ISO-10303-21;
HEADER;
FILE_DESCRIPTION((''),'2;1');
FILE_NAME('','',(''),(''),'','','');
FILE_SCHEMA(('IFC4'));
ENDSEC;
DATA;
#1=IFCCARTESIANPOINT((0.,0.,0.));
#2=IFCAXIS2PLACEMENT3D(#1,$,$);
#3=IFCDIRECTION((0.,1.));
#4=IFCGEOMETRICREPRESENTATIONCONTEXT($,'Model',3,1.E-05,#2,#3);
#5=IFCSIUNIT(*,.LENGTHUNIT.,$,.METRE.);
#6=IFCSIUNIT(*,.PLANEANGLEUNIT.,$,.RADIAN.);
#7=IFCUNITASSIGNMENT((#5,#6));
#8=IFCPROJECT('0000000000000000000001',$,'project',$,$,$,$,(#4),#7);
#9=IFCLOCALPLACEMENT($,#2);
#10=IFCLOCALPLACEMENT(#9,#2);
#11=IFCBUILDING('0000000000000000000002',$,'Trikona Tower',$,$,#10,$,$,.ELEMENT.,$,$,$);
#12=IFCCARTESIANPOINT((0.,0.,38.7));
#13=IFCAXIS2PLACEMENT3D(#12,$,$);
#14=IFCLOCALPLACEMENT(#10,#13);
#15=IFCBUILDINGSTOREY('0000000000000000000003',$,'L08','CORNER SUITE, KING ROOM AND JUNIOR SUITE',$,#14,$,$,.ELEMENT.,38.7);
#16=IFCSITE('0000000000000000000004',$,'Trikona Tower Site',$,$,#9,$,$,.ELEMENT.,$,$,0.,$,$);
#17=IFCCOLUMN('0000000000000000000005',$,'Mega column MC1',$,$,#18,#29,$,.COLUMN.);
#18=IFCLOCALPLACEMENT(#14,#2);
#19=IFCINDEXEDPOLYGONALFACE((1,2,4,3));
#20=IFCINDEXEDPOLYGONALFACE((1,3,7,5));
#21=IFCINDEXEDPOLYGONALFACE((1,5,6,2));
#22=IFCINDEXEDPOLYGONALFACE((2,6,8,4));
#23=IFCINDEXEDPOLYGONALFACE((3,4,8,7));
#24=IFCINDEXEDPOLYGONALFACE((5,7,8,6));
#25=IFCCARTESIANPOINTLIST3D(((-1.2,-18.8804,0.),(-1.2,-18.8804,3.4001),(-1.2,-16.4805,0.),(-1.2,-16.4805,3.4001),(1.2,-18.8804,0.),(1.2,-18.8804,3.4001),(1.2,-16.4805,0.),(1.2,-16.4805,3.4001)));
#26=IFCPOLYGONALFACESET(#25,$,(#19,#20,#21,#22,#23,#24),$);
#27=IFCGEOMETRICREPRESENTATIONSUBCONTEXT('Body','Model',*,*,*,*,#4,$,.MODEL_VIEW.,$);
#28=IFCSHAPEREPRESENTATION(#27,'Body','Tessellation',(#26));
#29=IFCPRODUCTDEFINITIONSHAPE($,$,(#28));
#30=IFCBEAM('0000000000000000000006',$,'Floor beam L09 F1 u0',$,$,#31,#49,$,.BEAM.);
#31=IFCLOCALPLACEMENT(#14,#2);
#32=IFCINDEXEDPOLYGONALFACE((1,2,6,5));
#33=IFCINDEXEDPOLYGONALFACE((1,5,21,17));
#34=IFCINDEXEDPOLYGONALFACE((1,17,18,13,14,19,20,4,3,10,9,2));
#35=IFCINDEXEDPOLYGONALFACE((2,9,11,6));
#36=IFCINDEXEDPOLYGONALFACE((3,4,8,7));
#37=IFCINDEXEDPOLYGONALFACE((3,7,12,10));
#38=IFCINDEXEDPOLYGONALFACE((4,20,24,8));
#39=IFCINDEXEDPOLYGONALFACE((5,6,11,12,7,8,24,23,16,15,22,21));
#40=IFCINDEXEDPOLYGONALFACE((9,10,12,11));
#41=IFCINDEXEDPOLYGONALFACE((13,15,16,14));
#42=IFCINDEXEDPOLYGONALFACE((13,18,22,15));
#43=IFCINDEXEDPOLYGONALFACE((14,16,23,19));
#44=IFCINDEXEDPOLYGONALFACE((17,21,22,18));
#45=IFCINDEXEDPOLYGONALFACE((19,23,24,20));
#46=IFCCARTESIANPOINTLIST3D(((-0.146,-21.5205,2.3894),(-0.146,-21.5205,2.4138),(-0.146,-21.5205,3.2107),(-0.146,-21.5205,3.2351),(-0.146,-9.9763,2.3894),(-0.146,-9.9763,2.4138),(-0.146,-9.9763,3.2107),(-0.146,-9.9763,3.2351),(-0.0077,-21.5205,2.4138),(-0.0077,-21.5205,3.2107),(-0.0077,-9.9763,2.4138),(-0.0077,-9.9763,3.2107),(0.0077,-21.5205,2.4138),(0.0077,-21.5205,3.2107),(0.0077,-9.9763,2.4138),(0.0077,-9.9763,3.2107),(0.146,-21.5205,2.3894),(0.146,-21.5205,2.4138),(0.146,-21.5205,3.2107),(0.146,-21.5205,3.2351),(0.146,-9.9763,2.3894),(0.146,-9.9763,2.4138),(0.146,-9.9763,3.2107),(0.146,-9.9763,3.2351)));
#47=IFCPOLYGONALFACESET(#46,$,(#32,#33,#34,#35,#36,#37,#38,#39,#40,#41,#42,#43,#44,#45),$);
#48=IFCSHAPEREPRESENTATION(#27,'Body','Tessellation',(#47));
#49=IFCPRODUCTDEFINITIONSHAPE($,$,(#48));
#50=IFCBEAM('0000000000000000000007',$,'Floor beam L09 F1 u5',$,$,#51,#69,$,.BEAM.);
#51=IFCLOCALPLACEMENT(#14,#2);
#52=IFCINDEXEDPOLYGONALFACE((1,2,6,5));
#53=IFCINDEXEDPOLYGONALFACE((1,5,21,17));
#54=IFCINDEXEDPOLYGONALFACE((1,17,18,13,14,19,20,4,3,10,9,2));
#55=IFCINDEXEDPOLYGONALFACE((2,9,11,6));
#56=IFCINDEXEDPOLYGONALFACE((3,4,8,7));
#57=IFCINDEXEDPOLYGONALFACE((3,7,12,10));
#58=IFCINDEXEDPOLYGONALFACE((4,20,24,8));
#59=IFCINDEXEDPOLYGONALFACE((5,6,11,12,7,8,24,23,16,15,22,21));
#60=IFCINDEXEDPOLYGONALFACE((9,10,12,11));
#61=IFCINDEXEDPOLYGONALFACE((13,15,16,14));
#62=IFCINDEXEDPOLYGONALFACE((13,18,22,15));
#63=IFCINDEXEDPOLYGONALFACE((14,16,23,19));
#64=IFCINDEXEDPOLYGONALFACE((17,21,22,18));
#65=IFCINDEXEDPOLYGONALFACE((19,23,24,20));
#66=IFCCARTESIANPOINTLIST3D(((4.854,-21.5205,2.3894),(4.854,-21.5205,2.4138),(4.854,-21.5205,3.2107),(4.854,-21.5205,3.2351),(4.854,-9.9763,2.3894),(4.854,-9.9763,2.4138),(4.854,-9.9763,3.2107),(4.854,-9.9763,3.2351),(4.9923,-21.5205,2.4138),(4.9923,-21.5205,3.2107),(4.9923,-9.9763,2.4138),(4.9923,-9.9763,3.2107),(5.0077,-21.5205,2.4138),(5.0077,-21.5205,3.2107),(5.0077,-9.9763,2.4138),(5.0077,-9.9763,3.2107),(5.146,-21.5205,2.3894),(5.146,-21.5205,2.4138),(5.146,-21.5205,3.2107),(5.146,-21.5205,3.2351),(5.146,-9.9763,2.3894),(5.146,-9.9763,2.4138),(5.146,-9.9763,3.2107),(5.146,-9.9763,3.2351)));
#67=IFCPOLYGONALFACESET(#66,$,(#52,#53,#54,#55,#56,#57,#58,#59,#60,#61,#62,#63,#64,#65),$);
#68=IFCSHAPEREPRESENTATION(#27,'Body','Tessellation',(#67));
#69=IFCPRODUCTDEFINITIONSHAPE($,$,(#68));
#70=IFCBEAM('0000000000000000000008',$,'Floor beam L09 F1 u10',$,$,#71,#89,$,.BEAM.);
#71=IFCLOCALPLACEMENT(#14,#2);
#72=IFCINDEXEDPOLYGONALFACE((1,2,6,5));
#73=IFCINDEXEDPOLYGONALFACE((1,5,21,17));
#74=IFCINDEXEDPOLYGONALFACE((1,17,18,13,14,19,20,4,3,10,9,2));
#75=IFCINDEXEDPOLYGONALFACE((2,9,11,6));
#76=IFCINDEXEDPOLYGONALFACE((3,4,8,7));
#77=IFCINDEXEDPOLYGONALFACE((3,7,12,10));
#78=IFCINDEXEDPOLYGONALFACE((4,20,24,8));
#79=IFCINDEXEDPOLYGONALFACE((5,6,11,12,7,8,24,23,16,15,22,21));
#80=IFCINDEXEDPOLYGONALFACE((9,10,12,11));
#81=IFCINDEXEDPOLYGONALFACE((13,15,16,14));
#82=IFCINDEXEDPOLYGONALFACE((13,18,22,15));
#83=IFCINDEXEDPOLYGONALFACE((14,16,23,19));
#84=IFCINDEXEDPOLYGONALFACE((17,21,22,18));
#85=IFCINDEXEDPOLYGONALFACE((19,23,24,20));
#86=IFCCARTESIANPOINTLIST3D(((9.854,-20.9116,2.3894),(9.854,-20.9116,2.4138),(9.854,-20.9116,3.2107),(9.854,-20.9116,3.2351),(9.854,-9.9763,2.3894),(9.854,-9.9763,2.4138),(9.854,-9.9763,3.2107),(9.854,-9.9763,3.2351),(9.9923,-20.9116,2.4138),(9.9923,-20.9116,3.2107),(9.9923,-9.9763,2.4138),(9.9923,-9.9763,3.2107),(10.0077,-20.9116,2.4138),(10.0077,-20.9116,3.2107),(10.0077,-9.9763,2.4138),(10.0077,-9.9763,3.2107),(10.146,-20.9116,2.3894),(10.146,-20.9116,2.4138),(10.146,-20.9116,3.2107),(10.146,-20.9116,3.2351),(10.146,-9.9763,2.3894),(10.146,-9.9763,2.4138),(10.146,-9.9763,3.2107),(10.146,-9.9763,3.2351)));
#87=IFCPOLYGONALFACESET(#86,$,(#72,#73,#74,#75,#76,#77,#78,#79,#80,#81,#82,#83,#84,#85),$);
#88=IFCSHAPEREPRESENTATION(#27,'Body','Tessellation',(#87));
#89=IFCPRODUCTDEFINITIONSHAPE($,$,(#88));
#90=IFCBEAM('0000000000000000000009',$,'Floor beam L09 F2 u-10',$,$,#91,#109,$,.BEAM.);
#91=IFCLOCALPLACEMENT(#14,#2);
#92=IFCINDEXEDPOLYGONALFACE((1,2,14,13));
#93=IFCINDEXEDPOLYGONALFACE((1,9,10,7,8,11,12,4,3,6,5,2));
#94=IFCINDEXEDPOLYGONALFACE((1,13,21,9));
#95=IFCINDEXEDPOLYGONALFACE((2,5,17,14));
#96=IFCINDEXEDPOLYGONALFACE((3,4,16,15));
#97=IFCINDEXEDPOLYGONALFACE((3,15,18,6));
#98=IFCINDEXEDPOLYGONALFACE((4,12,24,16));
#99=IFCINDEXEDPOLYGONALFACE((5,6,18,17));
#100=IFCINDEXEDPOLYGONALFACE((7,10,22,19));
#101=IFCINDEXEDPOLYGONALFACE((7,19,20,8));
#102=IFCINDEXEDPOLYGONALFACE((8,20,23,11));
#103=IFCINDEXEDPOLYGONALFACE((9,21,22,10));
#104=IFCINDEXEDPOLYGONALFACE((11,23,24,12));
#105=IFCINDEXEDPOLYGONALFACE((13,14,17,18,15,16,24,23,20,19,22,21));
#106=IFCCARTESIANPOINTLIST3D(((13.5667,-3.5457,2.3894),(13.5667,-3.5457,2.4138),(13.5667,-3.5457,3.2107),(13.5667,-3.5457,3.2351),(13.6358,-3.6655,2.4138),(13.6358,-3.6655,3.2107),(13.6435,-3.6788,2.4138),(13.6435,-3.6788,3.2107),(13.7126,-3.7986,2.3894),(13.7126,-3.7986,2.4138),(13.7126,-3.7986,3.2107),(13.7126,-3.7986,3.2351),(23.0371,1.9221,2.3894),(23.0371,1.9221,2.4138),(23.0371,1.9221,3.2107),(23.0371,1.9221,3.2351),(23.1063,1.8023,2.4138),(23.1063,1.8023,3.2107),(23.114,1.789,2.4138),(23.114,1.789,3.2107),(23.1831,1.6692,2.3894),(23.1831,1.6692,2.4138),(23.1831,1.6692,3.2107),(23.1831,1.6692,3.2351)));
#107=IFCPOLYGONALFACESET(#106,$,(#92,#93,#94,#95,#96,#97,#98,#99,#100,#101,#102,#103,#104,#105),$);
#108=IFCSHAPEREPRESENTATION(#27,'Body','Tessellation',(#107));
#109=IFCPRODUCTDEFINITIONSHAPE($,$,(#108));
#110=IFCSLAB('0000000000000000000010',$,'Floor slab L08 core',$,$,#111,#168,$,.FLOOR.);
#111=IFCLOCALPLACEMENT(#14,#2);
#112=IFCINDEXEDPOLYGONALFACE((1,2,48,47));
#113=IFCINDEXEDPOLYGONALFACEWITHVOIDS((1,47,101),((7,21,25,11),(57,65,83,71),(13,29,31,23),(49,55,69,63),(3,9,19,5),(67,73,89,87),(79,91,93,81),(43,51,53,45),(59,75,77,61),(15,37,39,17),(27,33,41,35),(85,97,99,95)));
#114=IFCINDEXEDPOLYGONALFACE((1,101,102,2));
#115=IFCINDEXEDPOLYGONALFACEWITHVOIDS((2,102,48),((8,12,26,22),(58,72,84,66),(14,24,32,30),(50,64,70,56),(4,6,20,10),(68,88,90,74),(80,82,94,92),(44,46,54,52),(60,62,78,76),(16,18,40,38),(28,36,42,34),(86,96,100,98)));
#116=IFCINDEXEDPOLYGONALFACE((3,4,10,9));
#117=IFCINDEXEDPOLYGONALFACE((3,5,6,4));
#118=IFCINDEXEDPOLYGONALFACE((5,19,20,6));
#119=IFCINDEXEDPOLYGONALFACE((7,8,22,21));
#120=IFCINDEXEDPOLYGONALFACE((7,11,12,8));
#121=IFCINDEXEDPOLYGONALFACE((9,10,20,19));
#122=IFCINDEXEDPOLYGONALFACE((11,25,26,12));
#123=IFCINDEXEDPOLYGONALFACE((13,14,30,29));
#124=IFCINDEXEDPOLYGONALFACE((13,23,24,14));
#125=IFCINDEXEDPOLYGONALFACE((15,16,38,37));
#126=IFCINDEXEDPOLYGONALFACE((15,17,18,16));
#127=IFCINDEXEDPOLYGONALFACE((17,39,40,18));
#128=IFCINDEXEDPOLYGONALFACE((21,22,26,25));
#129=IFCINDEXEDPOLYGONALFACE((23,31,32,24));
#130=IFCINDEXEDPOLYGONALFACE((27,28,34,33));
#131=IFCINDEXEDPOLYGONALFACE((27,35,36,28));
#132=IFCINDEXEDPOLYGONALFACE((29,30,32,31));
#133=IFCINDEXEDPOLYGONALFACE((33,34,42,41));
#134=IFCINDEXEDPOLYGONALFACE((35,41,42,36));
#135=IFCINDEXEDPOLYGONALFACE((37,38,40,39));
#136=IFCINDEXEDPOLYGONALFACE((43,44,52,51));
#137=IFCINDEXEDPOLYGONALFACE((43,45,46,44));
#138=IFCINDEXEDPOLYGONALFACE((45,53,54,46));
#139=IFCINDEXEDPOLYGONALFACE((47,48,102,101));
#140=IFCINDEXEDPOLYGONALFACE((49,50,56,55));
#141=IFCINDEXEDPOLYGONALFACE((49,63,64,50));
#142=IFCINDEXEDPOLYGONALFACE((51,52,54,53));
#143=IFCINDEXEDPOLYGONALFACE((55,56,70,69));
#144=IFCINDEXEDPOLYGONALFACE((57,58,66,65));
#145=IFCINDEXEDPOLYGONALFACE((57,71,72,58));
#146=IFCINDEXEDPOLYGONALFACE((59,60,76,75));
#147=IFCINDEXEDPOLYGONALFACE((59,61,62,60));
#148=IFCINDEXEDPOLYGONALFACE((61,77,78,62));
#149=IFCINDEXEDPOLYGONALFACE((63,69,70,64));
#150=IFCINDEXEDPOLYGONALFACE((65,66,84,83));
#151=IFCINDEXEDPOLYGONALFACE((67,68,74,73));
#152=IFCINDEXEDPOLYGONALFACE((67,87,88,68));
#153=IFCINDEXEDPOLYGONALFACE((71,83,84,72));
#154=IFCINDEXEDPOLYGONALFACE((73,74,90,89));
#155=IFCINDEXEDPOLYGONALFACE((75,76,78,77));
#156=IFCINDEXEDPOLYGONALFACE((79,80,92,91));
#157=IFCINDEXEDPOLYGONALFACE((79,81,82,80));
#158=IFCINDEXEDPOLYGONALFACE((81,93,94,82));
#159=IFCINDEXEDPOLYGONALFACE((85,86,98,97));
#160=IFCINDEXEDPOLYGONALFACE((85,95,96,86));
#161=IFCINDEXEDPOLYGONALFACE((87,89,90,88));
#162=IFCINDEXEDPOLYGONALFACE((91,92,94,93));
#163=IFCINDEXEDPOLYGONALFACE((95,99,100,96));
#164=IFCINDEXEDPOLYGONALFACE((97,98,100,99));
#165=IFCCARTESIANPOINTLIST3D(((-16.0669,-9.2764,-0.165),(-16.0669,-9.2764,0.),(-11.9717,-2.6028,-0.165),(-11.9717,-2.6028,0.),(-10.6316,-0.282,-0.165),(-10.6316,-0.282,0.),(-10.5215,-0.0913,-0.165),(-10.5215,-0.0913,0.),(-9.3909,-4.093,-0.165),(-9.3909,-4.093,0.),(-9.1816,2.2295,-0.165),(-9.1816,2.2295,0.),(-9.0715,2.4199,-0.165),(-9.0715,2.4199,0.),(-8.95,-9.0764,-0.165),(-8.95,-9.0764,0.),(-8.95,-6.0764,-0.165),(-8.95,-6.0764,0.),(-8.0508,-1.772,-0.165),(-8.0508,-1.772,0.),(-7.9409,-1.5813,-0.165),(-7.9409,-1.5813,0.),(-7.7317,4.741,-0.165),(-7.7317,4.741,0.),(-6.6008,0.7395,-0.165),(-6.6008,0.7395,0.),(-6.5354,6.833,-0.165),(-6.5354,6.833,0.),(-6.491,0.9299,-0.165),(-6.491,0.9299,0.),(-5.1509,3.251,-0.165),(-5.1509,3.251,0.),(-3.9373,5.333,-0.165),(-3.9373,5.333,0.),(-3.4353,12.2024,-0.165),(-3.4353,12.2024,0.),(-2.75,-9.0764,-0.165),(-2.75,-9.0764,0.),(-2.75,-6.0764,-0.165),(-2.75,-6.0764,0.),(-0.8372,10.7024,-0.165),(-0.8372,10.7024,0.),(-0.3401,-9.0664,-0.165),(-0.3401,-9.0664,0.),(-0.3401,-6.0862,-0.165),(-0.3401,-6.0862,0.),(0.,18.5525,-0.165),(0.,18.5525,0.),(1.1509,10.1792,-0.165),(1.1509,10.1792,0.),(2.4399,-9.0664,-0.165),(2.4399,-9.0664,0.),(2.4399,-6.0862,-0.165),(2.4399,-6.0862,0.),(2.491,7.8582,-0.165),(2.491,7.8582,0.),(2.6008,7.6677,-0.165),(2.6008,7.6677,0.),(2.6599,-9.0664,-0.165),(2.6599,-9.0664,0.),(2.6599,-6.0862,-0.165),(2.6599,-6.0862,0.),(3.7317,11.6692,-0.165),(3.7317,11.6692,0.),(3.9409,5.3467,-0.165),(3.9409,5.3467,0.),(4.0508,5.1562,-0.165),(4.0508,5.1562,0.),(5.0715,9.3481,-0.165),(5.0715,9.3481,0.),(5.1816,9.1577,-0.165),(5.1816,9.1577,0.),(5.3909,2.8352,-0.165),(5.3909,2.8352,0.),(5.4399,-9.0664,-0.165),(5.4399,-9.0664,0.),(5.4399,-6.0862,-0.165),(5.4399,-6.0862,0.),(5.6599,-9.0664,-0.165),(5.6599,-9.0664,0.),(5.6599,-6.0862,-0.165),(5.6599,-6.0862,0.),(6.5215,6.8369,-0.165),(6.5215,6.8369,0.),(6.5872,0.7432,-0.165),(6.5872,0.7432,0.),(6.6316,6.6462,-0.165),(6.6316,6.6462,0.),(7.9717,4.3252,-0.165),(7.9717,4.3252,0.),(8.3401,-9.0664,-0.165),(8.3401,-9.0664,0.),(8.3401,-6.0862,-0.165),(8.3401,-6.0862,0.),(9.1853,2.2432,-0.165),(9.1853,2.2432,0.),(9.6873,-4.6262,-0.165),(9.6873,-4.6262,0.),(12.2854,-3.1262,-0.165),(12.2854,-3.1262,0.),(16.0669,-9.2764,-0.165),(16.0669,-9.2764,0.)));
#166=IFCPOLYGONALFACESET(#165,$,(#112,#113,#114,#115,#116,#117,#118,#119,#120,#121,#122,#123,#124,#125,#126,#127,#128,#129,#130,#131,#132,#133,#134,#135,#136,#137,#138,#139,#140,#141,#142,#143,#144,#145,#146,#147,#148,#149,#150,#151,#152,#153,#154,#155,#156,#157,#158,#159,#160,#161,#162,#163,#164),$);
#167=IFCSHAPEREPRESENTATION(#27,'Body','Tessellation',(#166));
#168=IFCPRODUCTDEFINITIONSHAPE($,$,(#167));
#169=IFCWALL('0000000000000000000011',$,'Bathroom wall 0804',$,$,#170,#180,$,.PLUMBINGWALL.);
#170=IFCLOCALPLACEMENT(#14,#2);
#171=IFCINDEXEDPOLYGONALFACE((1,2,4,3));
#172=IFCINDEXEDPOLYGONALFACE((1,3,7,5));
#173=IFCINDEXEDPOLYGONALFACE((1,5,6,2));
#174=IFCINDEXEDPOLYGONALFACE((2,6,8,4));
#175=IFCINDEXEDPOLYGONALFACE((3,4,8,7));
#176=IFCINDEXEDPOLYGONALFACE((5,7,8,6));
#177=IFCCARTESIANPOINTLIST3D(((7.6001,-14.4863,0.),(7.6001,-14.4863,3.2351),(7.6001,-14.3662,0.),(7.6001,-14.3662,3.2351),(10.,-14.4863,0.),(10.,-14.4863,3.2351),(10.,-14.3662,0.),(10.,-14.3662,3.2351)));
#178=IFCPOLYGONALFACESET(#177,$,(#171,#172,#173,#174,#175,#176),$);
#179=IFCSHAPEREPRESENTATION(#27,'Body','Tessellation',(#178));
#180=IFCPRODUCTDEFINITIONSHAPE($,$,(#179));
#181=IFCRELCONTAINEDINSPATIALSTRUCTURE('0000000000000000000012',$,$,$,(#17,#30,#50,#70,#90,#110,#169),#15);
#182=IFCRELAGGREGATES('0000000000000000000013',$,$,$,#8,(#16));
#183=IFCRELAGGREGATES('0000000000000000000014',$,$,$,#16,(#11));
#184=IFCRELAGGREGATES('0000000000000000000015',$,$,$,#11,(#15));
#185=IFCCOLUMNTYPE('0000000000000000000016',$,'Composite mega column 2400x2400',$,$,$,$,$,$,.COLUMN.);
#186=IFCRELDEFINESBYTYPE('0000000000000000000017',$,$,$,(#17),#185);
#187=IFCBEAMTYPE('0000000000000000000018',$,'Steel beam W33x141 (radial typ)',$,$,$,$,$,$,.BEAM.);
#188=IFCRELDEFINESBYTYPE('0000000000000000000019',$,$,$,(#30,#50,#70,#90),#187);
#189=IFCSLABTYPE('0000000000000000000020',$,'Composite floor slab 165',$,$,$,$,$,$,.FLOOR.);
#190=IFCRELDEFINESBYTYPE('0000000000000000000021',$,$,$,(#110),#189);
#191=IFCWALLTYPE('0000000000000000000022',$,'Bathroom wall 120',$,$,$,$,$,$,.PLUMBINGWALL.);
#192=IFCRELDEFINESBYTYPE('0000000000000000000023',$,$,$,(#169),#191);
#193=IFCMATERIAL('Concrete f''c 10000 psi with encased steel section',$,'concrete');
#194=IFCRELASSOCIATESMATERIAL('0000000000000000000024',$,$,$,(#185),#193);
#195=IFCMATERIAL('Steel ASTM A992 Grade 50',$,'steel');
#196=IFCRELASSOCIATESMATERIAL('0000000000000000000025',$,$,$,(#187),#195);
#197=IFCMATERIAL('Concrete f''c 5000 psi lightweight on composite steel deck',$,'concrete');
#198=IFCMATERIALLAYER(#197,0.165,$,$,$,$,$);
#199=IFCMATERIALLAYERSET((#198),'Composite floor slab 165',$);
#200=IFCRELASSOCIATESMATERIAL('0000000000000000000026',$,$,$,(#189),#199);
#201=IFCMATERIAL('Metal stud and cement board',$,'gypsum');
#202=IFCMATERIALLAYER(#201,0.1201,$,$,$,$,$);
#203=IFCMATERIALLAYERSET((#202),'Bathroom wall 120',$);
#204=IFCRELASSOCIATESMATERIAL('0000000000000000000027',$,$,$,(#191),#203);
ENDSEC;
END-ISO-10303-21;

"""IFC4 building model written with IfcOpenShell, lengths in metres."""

from ifc_helpers import new_model, si_unit, direction, frame, frame_2d, origin, origin_2d, place, context, subcontext, project, spatial, polyline, rectangle, i_section, outline, extrude, material, layer, layer_set, material_profile, profile_set, type_object, element, save


model = new_model("IFC4")

# Units and contexts
model_context = context("Model", 3, precision=1e-05, world=origin(), true_north=direction((0.0, 1.0)))
body_context = subcontext(model_context, "Body", "Model", "MODEL_VIEW")
ifc_project = project(units=[si_unit("LENGTHUNIT", "METRE"), si_unit("PLANEANGLEUNIT", "RADIAN")], contexts=[model_context])

# Site, building, storey
site_placement = place(None, origin())
site = spatial("IfcSite", under=ifc_project, at=site_placement, Name="Trikona Tower Site", CompositionType="ELEMENT", RefElevation=0.0)
building_placement = place(site_placement, origin())
building = spatial("IfcBuilding", under=site, at=building_placement, Name="Trikona Tower", CompositionType="ELEMENT")
storey_placement = place(building_placement, frame((0.0, 0.0, 38.7)))
storey = spatial("IfcBuildingStorey", under=building, at=storey_placement, Name="L08", Description="CORNER SUITE, KING ROOM AND JUNIOR SUITE", CompositionType="ELEMENT", Elevation=38.7)

# Column
ifc_material_1 = material(Name="Concrete f'c 10000 psi with encased steel section", Category="concrete")
ifc_material_profile_1 = material_profile(ifc_material_1, rectangle(XDim=2.3999, YDim=2.3999, at=origin_2d()), Name="MC2400")
ifc_profile_set_1 = profile_set([ifc_material_profile_1], Name="Concrete f'c 10000 psi with encased steel section")
column_type = type_object("IfcColumnType", Name="Composite mega column 2400x2400", PredefinedType="COLUMN", material=ifc_profile_set_1)
column_placement = place(storey_placement, frame((0.0, -17.6804, 0.0), z_axis=(0.0, 0.0, 1.0), x_axis=(0.0, -1.0, 0.0)))
element("IfcColumn", 1, at=column_placement, inside=storey, type_object=column_type, Name="Mega column MC1", PredefinedType="COLUMN", context=body_context, shape_type="SweptSolid", body=[
    extrude(rectangle(XDim=2.3999, YDim=2.3999, at=origin_2d()), origin(), (0.0, 0.0, 1.0), 3.4001),
])

# Beams
ifc_material_2 = material(Name="Steel ASTM A992 Grade 50", Category="steel")
ifc_material_profile_2 = material_profile(ifc_material_2, i_section(OverallWidth=0.292, OverallDepth=0.8457, WebThickness=0.0154, FlangeThickness=0.0244, at=origin_2d()), Name="W33X141")
ifc_profile_set_2 = profile_set([ifc_material_profile_2], Name="Steel ASTM A992 Grade 50")
beam_type = type_object("IfcBeamType", Name="Steel beam W33x141 (radial typ)", PredefinedType="BEAM", material=ifc_profile_set_2)
for number, where, z_axis, x_axis, name in (
    (2, (0.0, -9.9763, 2.8123), (0.0, -1.0, 0.0), (1.0, 0.0, 0.0), "Floor beam L09 F1 u0"),
    (3, (5.0, -9.9763, 2.8123), (0.0, -1.0, 0.0), (1.0, 0.0, 0.0), "Floor beam L09 F1 u5"),
):
    element("IfcBeam", number, at=place(storey_placement, frame(where, z_axis=z_axis, x_axis=x_axis)), inside=storey, type_object=beam_type, Name=name, PredefinedType="BEAM", context=body_context, shape_type="SweptSolid", body=[
        extrude(i_section(OverallWidth=0.292, OverallDepth=0.8457, WebThickness=0.0154, FlangeThickness=0.0244, at=origin_2d()), origin(), (0.0, 0.0, 1.0), 11.5442),
    ])
beam_1_placement = place(storey_placement, frame((10.0, -9.9763, 2.8123), z_axis=(0.0, -1.0, 0.0), x_axis=(1.0, 0.0, 0.0)))
element("IfcBeam", 4, at=beam_1_placement, inside=storey, type_object=beam_type, Name="Floor beam L09 F1 u10", PredefinedType="BEAM", context=body_context, shape_type="SweptSolid", body=[
    extrude(i_section(OverallWidth=0.292, OverallDepth=0.8457, WebThickness=0.0154, FlangeThickness=0.0244, at=origin_2d()), origin(), (0.0, 0.0, 1.0), 10.9353),
])
beam_2_placement = place(storey_placement, frame((13.6396, -3.6721, 2.8123), z_axis=(0.866025, 0.5, 0.0), x_axis=(-0.5, 0.866025, 0.0)))
element("IfcBeam", 5, at=beam_2_placement, inside=storey, type_object=beam_type, Name="Floor beam L09 F2 u-10", PredefinedType="BEAM", context=body_context, shape_type="SweptSolid", body=[
    extrude(i_section(OverallWidth=0.292, OverallDepth=0.8457, WebThickness=0.0154, FlangeThickness=0.0244, at=origin_2d()), origin(), (0.0, 0.0, 1.0), 10.9355),
])

# Slab
ifc_material_3 = material(Name="Concrete f'c 5000 psi lightweight on composite steel deck", Category="concrete")
ifc_layer_1 = layer(ifc_material_3, 0.165)
ifc_layer_set_1 = layer_set([ifc_layer_1], Name="Composite floor slab 165")
slab_type = type_object("IfcSlabType", Name="Composite floor slab 165", PredefinedType="FLOOR", material=ifc_layer_set_1)
slab_placement = place(storey_placement, frame((0.0, 0.0, -0.165)))
element("IfcSlab", 6, at=slab_placement, inside=storey, type_object=slab_type, Name="Floor slab L08 core", PredefinedType="FLOOR", context=body_context, shape_type="SweptSolid", body=[
    extrude(outline(polyline([(-16.0669, -9.2764), (16.0669, -9.2764), (0.0, 18.5525), (-16.0669, -9.2764)]), holes=[polyline([(12.2854, -3.1262), (9.1853, 2.2432), (6.5872, 0.7432), (9.6873, -4.6262), (12.2854, -3.1262)]), polyline([(8.3401, -9.0664), (8.3401, -6.0862), (5.6599, -6.0862), (5.6599, -9.0664), (8.3401, -9.0664)]), polyline([(5.3909, 2.8352), (7.9717, 4.3252), (6.6316, 6.6462), (4.0508, 5.1562), (5.3909, 2.8352)]), polyline([(2.6008, 7.6677), (3.9409, 5.3467), (6.5215, 6.8369), (5.1816, 9.1577), (2.6008, 7.6677)]), polyline([(5.4399, -6.0862), (2.6599, -6.0862), (2.6599, -9.0664), (5.4399, -9.0664), (5.4399, -6.0862)]), polyline([(3.7317, 11.6692), (1.1509, 10.1792), (2.491, 7.8582), (5.0715, 9.3481), (3.7317, 11.6692)]), polyline([(-0.3401, -6.0862), (-0.3401, -9.0664), (2.4399, -9.0664), (2.4399, -6.0862), (-0.3401, -6.0862)]), polyline([(-3.4353, 12.2024), (-6.5354, 6.833), (-3.9373, 5.333), (-0.8372, 10.7024), (-3.4353, 12.2024)]), polyline([(-8.95, -9.0764), (-2.75, -9.0764), (-2.75, -6.0764), (-8.95, -6.0764), (-8.95, -9.0764)]), polyline([(-5.1509, 3.251), (-7.7317, 4.741), (-9.0715, 2.4199), (-6.491, 0.9299), (-5.1509, 3.251)]), polyline([(-7.9409, -1.5813), (-6.6008, 0.7395), (-9.1816, 2.2295), (-10.5215, -0.0913), (-7.9409, -1.5813)]), polyline([(-11.9717, -2.6028), (-9.3909, -4.093), (-8.0508, -1.772), (-10.6316, -0.282), (-11.9717, -2.6028)])]), origin(), (0.0, 0.0, 1.0), 0.165),
])

# Wall
ifc_material_4 = material(Name="Metal stud and cement board", Category="gypsum")
ifc_layer_2 = layer(ifc_material_4, 0.1201)
ifc_layer_set_2 = layer_set([ifc_layer_2], Name="Bathroom wall 120")
wall_type_1 = type_object("IfcWallType", Name="Bathroom wall 120", PredefinedType="PLUMBINGWALL", material=ifc_layer_set_2)
wall_1_placement = place(storey_placement, frame((7.6001, -14.4263, 0.0), z_axis=(0.0, 0.0, 1.0), x_axis=(1.0, 0.0, 0.0)))
element("IfcWall", 7, at=wall_1_placement, inside=storey, type_object=wall_type_1, Name="Bathroom wall 0804", PredefinedType="PLUMBINGWALL", context=body_context, shape_type="SweptSolid", body=[
    extrude(rectangle(XDim=2.3999, YDim=0.1201, at=frame_2d((1.2, 0.0))), origin(), (0.0, 0.0, 1.0), 3.2351),
])

save(model, "model.ifc")
